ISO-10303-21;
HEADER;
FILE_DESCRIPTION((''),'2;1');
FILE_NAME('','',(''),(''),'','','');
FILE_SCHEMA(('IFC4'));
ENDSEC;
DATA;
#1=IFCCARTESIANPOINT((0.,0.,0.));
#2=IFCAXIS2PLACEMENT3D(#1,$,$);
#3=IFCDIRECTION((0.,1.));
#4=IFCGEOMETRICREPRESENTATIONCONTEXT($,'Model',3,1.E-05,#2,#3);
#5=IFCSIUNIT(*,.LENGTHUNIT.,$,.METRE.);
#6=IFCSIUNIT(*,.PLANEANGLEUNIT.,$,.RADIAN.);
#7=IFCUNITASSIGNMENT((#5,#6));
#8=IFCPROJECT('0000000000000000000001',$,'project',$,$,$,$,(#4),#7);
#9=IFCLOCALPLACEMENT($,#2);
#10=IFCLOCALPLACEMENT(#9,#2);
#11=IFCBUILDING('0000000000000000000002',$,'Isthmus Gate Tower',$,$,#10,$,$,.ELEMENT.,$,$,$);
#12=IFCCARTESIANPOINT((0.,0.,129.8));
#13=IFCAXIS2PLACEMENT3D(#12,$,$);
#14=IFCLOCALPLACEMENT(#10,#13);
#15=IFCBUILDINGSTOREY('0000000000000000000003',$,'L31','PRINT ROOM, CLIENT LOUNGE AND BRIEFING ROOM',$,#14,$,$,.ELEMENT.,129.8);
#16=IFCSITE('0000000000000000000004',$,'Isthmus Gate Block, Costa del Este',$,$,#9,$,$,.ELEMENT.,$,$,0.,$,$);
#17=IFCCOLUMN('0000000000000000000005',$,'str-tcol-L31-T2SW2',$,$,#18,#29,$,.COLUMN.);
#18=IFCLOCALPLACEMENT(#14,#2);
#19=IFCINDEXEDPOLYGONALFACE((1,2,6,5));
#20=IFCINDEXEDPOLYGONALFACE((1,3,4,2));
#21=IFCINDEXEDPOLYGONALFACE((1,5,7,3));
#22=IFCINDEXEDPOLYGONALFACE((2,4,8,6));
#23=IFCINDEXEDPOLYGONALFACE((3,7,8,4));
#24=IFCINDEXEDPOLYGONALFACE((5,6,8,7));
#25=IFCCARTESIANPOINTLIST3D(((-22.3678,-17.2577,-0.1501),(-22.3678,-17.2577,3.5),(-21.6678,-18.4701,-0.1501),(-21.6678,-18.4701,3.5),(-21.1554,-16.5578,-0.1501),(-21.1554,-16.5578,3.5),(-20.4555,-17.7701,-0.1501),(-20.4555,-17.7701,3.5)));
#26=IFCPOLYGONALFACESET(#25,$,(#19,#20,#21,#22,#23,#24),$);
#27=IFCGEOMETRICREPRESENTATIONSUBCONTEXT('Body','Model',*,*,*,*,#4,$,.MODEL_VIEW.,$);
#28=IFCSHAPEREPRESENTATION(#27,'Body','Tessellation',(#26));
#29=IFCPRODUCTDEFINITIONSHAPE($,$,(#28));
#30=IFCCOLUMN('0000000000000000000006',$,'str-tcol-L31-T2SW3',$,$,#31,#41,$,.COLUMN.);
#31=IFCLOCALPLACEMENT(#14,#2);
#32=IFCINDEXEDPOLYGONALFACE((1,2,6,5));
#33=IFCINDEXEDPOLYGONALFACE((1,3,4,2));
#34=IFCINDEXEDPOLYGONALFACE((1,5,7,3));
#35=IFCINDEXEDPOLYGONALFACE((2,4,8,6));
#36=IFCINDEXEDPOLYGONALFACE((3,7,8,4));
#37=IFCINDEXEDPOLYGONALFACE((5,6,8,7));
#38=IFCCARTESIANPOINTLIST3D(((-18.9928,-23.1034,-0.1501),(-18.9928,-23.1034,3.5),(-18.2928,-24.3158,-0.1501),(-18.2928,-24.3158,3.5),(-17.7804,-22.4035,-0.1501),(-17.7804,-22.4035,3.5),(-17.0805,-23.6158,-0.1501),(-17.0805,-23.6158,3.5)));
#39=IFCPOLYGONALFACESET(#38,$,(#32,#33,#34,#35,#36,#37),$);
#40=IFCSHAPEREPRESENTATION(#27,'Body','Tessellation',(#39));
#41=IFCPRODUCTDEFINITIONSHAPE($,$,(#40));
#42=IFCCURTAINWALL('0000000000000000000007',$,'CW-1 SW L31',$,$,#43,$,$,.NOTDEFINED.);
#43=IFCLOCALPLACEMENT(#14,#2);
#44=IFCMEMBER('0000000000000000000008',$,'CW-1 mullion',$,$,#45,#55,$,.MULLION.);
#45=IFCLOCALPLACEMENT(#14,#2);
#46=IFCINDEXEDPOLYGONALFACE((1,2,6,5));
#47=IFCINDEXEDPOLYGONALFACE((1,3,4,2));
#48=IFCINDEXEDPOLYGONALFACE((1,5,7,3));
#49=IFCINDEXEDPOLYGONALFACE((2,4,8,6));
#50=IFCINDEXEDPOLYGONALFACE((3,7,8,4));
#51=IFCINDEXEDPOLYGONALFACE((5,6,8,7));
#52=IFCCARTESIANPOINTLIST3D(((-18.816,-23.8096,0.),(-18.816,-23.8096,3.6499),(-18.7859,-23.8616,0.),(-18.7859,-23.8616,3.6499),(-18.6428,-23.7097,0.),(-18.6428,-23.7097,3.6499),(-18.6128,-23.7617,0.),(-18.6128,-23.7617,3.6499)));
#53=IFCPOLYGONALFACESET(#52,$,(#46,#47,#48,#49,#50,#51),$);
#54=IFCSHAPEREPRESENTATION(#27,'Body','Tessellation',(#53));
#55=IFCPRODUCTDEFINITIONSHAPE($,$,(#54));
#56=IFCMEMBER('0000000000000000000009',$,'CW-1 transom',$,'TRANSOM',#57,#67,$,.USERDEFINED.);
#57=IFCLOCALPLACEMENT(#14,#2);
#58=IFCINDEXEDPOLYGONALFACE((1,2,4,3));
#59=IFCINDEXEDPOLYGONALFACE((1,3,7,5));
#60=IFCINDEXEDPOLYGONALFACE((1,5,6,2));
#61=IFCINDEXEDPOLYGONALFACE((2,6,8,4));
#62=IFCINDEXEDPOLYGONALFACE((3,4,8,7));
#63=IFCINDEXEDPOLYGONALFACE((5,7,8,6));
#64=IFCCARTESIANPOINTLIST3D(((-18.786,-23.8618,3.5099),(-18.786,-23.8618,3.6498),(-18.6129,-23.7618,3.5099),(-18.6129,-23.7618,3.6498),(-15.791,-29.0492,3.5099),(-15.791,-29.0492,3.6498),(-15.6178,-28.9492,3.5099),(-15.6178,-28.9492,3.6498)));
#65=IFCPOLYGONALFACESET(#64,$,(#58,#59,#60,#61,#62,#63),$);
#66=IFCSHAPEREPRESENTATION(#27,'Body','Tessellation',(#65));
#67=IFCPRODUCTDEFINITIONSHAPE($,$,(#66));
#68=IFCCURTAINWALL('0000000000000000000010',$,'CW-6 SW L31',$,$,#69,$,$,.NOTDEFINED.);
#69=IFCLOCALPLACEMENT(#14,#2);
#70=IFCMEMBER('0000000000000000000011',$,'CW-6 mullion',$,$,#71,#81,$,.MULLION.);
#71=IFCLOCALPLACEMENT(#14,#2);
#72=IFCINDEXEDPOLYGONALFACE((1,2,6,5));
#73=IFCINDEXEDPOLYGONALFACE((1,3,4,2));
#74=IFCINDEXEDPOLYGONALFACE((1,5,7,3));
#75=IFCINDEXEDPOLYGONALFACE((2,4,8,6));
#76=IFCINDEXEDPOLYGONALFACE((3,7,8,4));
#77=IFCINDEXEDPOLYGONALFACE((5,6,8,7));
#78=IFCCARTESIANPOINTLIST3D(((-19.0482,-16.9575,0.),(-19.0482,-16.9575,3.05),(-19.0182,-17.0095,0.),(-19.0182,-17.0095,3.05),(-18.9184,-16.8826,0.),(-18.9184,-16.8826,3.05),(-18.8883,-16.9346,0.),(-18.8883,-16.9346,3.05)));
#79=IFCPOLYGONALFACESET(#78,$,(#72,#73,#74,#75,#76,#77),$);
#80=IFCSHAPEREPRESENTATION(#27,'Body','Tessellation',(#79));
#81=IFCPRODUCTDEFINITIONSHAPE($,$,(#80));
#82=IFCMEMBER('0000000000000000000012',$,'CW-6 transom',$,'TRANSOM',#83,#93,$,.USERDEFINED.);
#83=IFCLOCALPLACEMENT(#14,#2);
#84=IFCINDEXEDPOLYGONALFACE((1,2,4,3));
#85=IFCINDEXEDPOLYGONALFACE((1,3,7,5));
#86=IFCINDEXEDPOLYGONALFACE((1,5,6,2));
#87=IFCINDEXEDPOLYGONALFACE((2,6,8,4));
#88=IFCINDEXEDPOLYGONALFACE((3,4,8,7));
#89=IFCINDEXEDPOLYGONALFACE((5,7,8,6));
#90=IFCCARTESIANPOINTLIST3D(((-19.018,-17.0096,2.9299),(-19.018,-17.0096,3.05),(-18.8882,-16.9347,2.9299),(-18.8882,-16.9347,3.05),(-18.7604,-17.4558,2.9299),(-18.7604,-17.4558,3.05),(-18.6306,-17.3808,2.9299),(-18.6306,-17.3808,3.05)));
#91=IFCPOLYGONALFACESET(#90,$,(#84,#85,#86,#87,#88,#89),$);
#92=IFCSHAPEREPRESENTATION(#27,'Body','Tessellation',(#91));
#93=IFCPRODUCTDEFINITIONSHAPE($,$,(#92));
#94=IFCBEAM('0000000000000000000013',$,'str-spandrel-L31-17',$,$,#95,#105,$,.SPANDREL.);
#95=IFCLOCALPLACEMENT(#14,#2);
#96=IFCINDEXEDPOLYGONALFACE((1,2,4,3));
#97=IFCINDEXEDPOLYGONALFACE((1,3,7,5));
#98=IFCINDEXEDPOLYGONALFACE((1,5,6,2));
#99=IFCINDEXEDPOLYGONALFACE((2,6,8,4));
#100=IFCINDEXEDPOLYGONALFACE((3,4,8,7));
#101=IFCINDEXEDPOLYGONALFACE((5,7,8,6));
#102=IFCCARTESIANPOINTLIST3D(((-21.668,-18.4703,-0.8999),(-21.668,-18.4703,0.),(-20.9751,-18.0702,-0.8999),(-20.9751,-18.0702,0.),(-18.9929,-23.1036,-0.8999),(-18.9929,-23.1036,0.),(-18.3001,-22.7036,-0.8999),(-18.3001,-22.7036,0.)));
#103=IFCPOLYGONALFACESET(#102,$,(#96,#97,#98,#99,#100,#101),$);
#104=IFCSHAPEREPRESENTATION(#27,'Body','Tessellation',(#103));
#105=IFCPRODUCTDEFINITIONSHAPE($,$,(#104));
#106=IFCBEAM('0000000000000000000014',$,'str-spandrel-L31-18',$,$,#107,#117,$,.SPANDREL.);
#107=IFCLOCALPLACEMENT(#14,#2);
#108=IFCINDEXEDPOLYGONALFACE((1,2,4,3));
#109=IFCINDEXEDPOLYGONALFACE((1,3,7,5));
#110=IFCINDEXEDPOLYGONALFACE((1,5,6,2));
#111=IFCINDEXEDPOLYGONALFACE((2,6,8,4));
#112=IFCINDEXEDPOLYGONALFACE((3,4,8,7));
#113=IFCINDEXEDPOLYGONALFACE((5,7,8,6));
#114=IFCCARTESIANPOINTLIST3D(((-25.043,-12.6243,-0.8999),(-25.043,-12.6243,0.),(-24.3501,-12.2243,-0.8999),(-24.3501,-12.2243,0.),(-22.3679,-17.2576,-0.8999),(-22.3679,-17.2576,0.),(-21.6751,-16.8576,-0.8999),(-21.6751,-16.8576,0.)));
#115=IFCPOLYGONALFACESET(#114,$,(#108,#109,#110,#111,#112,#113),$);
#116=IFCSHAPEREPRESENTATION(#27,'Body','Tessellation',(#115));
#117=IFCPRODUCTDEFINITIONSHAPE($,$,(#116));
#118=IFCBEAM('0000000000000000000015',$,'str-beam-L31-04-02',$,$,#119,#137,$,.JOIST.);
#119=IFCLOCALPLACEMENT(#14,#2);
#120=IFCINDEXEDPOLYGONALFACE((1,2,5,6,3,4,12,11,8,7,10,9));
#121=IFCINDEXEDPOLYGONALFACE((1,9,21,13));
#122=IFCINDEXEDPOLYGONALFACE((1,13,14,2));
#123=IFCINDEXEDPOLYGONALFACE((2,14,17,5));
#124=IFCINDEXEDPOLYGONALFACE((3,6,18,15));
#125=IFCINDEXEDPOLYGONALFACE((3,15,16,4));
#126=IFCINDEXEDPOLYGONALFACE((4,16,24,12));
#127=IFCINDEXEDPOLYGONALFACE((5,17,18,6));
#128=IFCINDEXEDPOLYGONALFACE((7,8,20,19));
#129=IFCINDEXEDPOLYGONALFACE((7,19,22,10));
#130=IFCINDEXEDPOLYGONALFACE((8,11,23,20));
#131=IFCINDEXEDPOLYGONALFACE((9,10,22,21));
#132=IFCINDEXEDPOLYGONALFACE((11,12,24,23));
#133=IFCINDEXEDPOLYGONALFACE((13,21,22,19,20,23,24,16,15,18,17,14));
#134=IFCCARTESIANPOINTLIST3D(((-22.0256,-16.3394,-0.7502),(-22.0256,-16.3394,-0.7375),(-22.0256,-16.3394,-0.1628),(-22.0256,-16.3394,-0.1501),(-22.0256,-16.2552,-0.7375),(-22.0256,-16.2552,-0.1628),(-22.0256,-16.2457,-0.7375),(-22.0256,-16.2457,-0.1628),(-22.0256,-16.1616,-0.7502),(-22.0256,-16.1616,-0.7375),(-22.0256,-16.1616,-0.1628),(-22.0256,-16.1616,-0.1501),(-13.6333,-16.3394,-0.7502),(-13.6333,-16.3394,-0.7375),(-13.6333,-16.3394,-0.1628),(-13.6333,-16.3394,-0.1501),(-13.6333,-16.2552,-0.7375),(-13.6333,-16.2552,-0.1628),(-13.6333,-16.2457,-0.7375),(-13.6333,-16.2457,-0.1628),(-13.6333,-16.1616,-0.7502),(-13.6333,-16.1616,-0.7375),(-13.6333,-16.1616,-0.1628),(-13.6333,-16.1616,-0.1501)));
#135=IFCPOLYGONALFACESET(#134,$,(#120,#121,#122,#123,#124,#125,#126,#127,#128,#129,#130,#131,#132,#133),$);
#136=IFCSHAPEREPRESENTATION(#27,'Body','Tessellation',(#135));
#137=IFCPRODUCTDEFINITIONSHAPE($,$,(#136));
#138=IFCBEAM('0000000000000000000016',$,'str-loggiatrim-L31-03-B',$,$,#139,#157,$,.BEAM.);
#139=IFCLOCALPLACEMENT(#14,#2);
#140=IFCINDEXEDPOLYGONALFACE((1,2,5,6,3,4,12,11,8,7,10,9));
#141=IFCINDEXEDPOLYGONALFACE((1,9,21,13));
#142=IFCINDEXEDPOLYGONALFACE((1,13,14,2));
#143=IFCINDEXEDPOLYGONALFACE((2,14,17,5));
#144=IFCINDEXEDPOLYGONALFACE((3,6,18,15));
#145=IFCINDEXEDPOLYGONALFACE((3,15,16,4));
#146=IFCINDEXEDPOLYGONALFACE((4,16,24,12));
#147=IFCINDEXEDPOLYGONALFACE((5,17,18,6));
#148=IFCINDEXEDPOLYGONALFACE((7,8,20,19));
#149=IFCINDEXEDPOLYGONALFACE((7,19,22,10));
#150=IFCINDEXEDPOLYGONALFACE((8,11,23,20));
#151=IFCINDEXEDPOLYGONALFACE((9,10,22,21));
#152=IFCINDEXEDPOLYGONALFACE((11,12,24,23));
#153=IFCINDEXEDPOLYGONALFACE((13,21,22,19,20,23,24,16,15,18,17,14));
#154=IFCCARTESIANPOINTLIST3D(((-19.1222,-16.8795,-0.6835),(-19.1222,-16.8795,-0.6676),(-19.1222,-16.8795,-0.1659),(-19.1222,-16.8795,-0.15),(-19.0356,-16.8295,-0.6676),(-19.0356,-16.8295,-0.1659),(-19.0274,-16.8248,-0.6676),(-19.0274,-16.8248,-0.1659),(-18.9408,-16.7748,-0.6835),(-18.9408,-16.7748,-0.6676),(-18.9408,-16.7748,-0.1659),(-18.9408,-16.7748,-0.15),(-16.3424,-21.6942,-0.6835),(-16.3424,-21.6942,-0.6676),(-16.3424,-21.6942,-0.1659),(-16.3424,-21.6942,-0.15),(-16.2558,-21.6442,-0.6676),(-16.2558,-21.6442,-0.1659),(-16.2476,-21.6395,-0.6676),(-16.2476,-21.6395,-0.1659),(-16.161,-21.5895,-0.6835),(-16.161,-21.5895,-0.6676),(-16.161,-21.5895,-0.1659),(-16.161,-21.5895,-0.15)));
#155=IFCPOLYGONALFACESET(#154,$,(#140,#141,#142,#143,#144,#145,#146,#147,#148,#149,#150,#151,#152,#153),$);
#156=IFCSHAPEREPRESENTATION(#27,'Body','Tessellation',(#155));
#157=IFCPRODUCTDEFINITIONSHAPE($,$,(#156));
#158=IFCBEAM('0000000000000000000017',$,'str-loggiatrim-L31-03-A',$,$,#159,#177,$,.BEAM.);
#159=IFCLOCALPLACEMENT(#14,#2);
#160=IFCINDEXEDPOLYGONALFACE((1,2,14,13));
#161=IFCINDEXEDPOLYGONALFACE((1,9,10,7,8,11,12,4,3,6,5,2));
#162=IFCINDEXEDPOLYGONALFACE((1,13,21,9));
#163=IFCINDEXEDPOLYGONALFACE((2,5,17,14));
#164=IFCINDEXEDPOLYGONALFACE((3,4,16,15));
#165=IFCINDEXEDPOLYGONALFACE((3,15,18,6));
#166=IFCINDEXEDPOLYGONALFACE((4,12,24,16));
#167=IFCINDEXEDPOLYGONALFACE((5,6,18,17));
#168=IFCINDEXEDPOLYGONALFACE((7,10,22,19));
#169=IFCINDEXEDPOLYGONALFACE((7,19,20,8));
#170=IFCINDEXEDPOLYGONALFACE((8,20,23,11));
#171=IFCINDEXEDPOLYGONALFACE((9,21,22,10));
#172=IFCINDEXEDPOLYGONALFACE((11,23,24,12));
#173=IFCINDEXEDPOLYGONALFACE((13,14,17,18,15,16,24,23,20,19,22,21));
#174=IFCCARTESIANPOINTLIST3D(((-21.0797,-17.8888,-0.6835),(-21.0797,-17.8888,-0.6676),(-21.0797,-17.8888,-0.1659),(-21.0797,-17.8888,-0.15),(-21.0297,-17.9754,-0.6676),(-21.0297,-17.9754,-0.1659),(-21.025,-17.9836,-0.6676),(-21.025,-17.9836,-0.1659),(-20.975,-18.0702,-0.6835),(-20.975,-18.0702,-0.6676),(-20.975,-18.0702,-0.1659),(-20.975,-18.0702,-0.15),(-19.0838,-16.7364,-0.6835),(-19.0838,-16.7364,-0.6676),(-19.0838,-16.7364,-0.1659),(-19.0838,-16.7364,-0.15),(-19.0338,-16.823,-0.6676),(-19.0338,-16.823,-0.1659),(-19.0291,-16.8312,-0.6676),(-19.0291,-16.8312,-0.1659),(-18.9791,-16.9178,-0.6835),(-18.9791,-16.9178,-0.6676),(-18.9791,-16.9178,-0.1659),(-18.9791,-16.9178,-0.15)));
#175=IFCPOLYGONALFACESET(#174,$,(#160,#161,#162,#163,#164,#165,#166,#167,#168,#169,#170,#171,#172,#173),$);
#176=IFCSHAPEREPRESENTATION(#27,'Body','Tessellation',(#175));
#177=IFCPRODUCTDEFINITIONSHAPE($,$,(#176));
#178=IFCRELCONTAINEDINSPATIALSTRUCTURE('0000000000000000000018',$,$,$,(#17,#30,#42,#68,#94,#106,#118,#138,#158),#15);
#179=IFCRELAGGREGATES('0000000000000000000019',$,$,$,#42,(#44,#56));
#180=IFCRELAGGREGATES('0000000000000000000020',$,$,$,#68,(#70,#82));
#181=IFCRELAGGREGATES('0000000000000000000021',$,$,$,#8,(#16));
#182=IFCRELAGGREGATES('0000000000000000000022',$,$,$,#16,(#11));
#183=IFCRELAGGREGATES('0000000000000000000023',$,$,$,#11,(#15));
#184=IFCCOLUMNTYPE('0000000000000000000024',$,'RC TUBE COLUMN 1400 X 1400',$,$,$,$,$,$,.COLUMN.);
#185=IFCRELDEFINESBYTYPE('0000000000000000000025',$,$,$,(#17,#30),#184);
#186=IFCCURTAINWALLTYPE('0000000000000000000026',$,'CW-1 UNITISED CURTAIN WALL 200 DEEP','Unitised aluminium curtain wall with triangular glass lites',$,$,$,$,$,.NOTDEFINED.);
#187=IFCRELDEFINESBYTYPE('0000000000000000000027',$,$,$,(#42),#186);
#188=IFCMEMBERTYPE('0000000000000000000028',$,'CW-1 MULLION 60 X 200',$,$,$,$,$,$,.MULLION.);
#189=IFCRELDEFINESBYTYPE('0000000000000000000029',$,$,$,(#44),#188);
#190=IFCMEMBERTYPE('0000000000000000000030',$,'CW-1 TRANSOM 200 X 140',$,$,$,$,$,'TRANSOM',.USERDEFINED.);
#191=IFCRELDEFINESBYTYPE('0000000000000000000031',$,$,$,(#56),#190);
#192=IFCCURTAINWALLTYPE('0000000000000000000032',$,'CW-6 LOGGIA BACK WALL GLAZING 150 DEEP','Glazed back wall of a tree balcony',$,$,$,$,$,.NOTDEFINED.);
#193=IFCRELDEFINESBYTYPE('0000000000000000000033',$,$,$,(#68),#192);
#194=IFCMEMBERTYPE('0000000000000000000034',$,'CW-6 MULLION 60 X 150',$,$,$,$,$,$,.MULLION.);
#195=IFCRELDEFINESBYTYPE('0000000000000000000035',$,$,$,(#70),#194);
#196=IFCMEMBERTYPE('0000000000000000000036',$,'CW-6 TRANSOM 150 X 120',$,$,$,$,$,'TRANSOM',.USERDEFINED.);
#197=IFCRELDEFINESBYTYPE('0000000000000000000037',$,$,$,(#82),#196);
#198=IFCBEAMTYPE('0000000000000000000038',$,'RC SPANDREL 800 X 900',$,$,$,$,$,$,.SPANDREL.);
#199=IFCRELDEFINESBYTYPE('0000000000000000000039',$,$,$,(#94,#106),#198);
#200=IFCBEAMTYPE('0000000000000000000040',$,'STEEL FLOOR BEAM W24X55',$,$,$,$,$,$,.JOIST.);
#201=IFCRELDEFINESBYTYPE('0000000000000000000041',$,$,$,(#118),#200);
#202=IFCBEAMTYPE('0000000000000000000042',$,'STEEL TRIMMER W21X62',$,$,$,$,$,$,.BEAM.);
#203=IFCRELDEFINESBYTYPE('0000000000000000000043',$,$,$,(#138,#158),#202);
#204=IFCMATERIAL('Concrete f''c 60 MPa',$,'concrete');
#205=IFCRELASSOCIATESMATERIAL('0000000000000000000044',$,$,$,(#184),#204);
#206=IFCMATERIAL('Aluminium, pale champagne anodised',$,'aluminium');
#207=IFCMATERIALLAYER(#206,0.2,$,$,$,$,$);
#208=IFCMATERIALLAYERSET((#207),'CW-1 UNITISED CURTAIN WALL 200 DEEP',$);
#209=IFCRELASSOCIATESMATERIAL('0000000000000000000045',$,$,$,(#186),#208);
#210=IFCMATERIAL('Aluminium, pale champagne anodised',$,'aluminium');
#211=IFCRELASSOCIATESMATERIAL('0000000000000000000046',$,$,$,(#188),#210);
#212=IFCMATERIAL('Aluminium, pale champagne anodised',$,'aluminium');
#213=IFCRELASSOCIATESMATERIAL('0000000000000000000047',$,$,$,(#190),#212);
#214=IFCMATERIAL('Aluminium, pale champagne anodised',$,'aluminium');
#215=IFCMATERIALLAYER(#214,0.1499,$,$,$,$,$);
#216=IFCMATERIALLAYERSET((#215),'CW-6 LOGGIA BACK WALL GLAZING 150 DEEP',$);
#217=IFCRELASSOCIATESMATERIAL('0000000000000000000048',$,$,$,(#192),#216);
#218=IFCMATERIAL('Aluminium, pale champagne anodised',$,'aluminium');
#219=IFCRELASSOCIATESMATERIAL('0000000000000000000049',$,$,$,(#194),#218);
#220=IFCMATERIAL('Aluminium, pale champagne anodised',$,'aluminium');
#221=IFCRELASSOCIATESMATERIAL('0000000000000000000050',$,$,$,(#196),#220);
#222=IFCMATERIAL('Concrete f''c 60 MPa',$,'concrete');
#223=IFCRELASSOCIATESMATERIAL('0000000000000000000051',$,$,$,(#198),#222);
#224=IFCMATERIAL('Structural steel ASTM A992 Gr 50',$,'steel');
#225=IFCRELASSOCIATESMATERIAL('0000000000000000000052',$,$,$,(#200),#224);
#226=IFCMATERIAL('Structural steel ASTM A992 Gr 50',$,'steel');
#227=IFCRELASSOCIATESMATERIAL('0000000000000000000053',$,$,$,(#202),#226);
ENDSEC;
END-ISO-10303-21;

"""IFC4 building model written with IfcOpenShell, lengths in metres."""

from ifc_helpers import new_model, si_unit, direction, frame, origin, origin_2d, place, context, subcontext, project, spatial, rectangle, i_section, extrude, material, layer, layer_set, material_profile, profile_set, type_object, element, aggregate, save


model = new_model("IFC4")

# Units and contexts
model_context = context("Model", 3, precision=1e-05, world=origin(), true_north=direction((0.0, 1.0)))
body_context = subcontext(model_context, "Body", "Model", "MODEL_VIEW")
ifc_project = project(units=[si_unit("LENGTHUNIT", "METRE"), si_unit("PLANEANGLEUNIT", "RADIAN")], contexts=[model_context])

# Site, building, storey
site_placement = place(None, origin())
site = spatial("IfcSite", under=ifc_project, at=site_placement, Name="Isthmus Gate Block, Costa del Este", CompositionType="ELEMENT", RefElevation=0.0)
building_placement = place(site_placement, origin())
building = spatial("IfcBuilding", under=site, at=building_placement, Name="Isthmus Gate Tower", CompositionType="ELEMENT")
storey_placement = place(building_placement, frame((0.0, 0.0, 129.8)))
storey = spatial("IfcBuildingStorey", under=building, at=storey_placement, Name="L31", Description="PRINT ROOM, CLIENT LOUNGE AND BRIEFING ROOM", CompositionType="ELEMENT", Elevation=129.8)

# Columns
ifc_material_1 = material(Name="Concrete f'c 60 MPa", Category="concrete")
ifc_material_profile_1 = material_profile(ifc_material_1, rectangle(XDim=1.3999, YDim=1.3999, at=origin_2d()), Name="RC 1400X1400")
ifc_profile_set_1 = profile_set([ifc_material_profile_1], Name="Concrete f'c 60 MPa")
column_type = type_object("IfcColumnType", Name="RC TUBE COLUMN 1400 X 1400", PredefinedType="COLUMN", material=ifc_profile_set_1)
for number, where, z_axis, x_axis, name in (
    (1, (-21.4116, -17.5139, -0.1501), (0.0, 0.0, 1.0), (0.5, -0.866025, 0.0), "str-tcol-L31-T2SW2"),
    (2, (-18.0366, -23.3596, -0.1501), (0.0, 0.0, 1.0), (0.5, -0.866025, 0.0), "str-tcol-L31-T2SW3"),
):
    element("IfcColumn", number, at=place(storey_placement, frame(where, z_axis=z_axis, x_axis=x_axis)), inside=storey, type_object=column_type, Name=name, PredefinedType="COLUMN", context=body_context, shape_type="SweptSolid", body=[
        extrude(rectangle(XDim=1.3999, YDim=1.3999, at=origin_2d()), origin(), (0.0, 0.0, 1.0), 3.6501),
    ])

# Curtain walls, members
ifc_material_2 = material(Name="Aluminium, pale champagne anodised", Category="aluminium")
ifc_layer_1 = layer(ifc_material_2, 0.2)
ifc_layer_set_1 = layer_set([ifc_layer_1], Name="CW-1 UNITISED CURTAIN WALL 200 DEEP")
curtain_wall_type_1 = type_object("IfcCurtainWallType", Name="CW-1 UNITISED CURTAIN WALL 200 DEEP", Description="Unitised aluminium curtain wall with triangular glass lites", PredefinedType="NOTDEFINED", material=ifc_layer_set_1)
curtain_wall_1_placement = place(storey_placement, origin())
curtain_wall_1 = element("IfcCurtainWall", 3, at=curtain_wall_1_placement, inside=storey, type_object=curtain_wall_type_1, Name="CW-1 SW L31", PredefinedType="NOTDEFINED")
ifc_material_3 = material(Name="Aluminium, pale champagne anodised", Category="aluminium")
ifc_material_profile_2 = material_profile(ifc_material_3, rectangle(XDim=0.0601, YDim=0.2, at=origin_2d()), Name="60x200")
ifc_profile_set_2 = profile_set([ifc_material_profile_2], Name="Aluminium, pale champagne anodised")
member_type_1 = type_object("IfcMemberType", Name="CW-1 MULLION 60 X 200", PredefinedType="MULLION", material=ifc_profile_set_2)
member_1_placement = place(storey_placement, frame((-18.7144, -23.7856, 0.0), z_axis=(0.0, 0.0, 1.0), x_axis=(0.5, -0.866025, 0.0)))
member_1 = element("IfcMember", 4, at=member_1_placement, type_object=member_type_1, Name="CW-1 mullion", PredefinedType="MULLION", context=body_context, shape_type="SweptSolid", body=[
    extrude(rectangle(XDim=0.0601, YDim=0.2, at=origin_2d()), origin(), (0.0, 0.0, 1.0), 3.6499),
])
ifc_material_4 = material(Name="Aluminium, pale champagne anodised", Category="aluminium")
ifc_material_profile_3 = material_profile(ifc_material_4, rectangle(XDim=0.2, YDim=0.1399, at=origin_2d()), Name="200x140")
ifc_profile_set_3 = profile_set([ifc_material_profile_3], Name="Aluminium, pale champagne anodised")
member_type_2 = type_object("IfcMemberType", Name="CW-1 TRANSOM 200 X 140", ElementType="TRANSOM", PredefinedType="USERDEFINED", material=ifc_profile_set_3)
member_2_placement = place(storey_placement, frame((-18.6995, -23.8118, 3.5798), z_axis=(0.500014, -0.866017, 0.0), x_axis=(0.866017, 0.500014, 0.0)))
member_2 = element("IfcMember", 5, at=member_2_placement, type_object=member_type_2, Name="CW-1 transom", ObjectType="TRANSOM", PredefinedType="USERDEFINED", context=body_context, shape_type="SweptSolid", body=[
    extrude(rectangle(XDim=0.2, YDim=0.1399, at=origin_2d()), origin(), (0.0, 0.0, 1.0), 5.99),
])
ifc_material_5 = material(Name="Aluminium, pale champagne anodised", Category="aluminium")
ifc_layer_2 = layer(ifc_material_5, 0.1499)
ifc_layer_set_2 = layer_set([ifc_layer_2], Name="CW-6 LOGGIA BACK WALL GLAZING 150 DEEP")
curtain_wall_type_2 = type_object("IfcCurtainWallType", Name="CW-6 LOGGIA BACK WALL GLAZING 150 DEEP", Description="Glazed back wall of a tree balcony", PredefinedType="NOTDEFINED", material=ifc_layer_set_2)
curtain_wall_2_placement = place(storey_placement, origin())
curtain_wall_2 = element("IfcCurtainWall", 6, at=curtain_wall_2_placement, inside=storey, type_object=curtain_wall_type_2, Name="CW-6 SW L31", PredefinedType="NOTDEFINED")
ifc_material_6 = material(Name="Aluminium, pale champagne anodised", Category="aluminium")
ifc_material_profile_4 = material_profile(ifc_material_6, rectangle(XDim=0.0601, YDim=0.1499, at=origin_2d()), Name="60x150")
ifc_profile_set_4 = profile_set([ifc_material_profile_4], Name="Aluminium, pale champagne anodised")
member_type_3 = type_object("IfcMemberType", Name="CW-6 MULLION 60 X 150", PredefinedType="MULLION", material=ifc_profile_set_4)
member_3_placement = place(storey_placement, frame((-18.9683, -16.946, 0.0), z_axis=(0.0, 0.0, 1.0), x_axis=(0.5, -0.866025, 0.0)))
member_3 = element("IfcMember", 7, at=member_3_placement, type_object=member_type_3, Name="CW-6 mullion", PredefinedType="MULLION", context=body_context, shape_type="SweptSolid", body=[
    extrude(rectangle(XDim=0.0601, YDim=0.1499, at=origin_2d()), origin(), (0.0, 0.0, 1.0), 3.05),
])
ifc_material_7 = material(Name="Aluminium, pale champagne anodised", Category="aluminium")
ifc_material_profile_5 = material_profile(ifc_material_7, rectangle(XDim=0.1499, YDim=0.1201, at=origin_2d()), Name="150x120")
ifc_profile_set_5 = profile_set([ifc_material_profile_5], Name="Aluminium, pale champagne anodised")
member_type_4 = type_object("IfcMemberType", Name="CW-6 TRANSOM 150 X 120", ElementType="TRANSOM", PredefinedType="USERDEFINED", material=ifc_profile_set_5)
member_4_placement = place(storey_placement, frame((-18.9531, -16.9722, 2.99), z_axis=(0.500064, -0.865988, 0.0), x_axis=(0.865988, 0.500064, 0.0)))
member_4 = element("IfcMember", 8, at=member_4_placement, type_object=member_type_4, Name="CW-6 transom", ObjectType="TRANSOM", PredefinedType="USERDEFINED", context=body_context, shape_type="SweptSolid", body=[
    extrude(rectangle(XDim=0.1499, YDim=0.1201, at=origin_2d()), origin(), (0.0, 0.0, 1.0), 0.5151),
])

# Beams
ifc_material_8 = material(Name="Concrete f'c 60 MPa", Category="concrete")
ifc_material_profile_6 = material_profile(ifc_material_8, rectangle(XDim=0.8, YDim=0.8999, at=origin_2d()), Name="RC 800X900")
ifc_profile_set_6 = profile_set([ifc_material_profile_6], Name="Concrete f'c 60 MPa")
beam_type_1 = type_object("IfcBeamType", Name="RC SPANDREL 800 X 900", PredefinedType="SPANDREL", material=ifc_profile_set_6)
for number, where, z_axis, x_axis, name in (
    (9, (-18.6465, -22.9036, -0.45), (-0.500002, 0.866024, 0.0), (-0.866024, -0.500002, 0.0), "str-spandrel-L31-17"),
    (10, (-22.0215, -17.0576, -0.45), (-0.500002, 0.866024, 0.0), (-0.866024, -0.500002, 0.0), "str-spandrel-L31-18"),
):
    element("IfcBeam", number, at=place(storey_placement, frame(where, z_axis=z_axis, x_axis=x_axis)), inside=storey, type_object=beam_type_1, Name=name, PredefinedType="SPANDREL", context=body_context, shape_type="SweptSolid", body=[
        extrude(rectangle(XDim=0.8, YDim=0.8999, at=origin_2d()), origin(), (0.0, 0.0, 1.0), 5.3501),
    ])
ifc_material_9 = material(Name="Structural steel ASTM A992 Gr 50", Category="steel")
ifc_material_profile_7 = material_profile(ifc_material_9, i_section(OverallWidth=0.1777, OverallDepth=0.6001, WebThickness=0.0095, FlangeThickness=0.0127, at=origin_2d()), Name="W24X55")
ifc_profile_set_7 = profile_set([ifc_material_profile_7], Name="Structural steel ASTM A992 Gr 50")
beam_type_2 = type_object("IfcBeamType", Name="STEEL FLOOR BEAM W24X55", PredefinedType="JOIST", material=ifc_profile_set_7)
beam_1_placement = place(storey_placement, frame((-22.0256, -16.2505, -0.4502), z_axis=(1.0, 0.0, 0.0), x_axis=(0.0, 1.0, 0.0)))
element("IfcBeam", 11, at=beam_1_placement, inside=storey, type_object=beam_type_2, Name="str-beam-L31-04-02", PredefinedType="JOIST", context=body_context, shape_type="SweptSolid", body=[
    extrude(i_section(OverallWidth=0.1777, OverallDepth=0.6001, WebThickness=0.0095, FlangeThickness=0.0127, at=origin_2d()), origin(), (0.0, 0.0, 1.0), 8.3923),
])
ifc_material_10 = material(Name="Structural steel ASTM A992 Gr 50", Category="steel")
ifc_material_profile_8 = material_profile(ifc_material_10, i_section(OverallWidth=0.2095, OverallDepth=0.5334, WebThickness=0.0095, FlangeThickness=0.0159, at=origin_2d()), Name="W21X62")
ifc_profile_set_8 = profile_set([ifc_material_profile_8], Name="Structural steel ASTM A992 Gr 50")
beam_type_3 = type_object("IfcBeamType", Name="STEEL TRIMMER W21X62", PredefinedType="BEAM", material=ifc_profile_set_8)
beam_2_placement = place(storey_placement, frame((-19.0315, -16.8271, -0.4167), z_axis=(0.500002, -0.866024, 0.0), x_axis=(0.866024, 0.500002, 0.0)))
element("IfcBeam", 12, at=beam_2_placement, inside=storey, type_object=beam_type_3, Name="str-loggiatrim-L31-03-B", PredefinedType="BEAM", context=body_context, shape_type="SweptSolid", body=[
    extrude(i_section(OverallWidth=0.2095, OverallDepth=0.5334, WebThickness=0.0095, FlangeThickness=0.0159, at=origin_2d()), origin(), (0.0, 0.0, 1.0), 5.5596),
])
for number, where, z_axis, x_axis, name in (
    (13, (-21.0273, -17.9795, -0.4167), (0.866018, 0.500013, 0.0), (-0.500013, 0.866018, 0.0), "str-loggiatrim-L31-03-A"),
):
    element("IfcBeam", number, at=place(storey_placement, frame(where, z_axis=z_axis, x_axis=x_axis)), inside=storey, type_object=beam_type_3, Name=name, PredefinedType="BEAM", context=body_context, shape_type="SweptSolid", body=[
        extrude(i_section(OverallWidth=0.2095, OverallDepth=0.5334, WebThickness=0.0095, FlangeThickness=0.0159, at=origin_2d()), origin(), (0.0, 0.0, 1.0), 2.3047),
    ])

aggregate(curtain_wall_1, [member_1, member_2])
aggregate(curtain_wall_2, [member_3, member_4])

save(model, "model.ifc")
